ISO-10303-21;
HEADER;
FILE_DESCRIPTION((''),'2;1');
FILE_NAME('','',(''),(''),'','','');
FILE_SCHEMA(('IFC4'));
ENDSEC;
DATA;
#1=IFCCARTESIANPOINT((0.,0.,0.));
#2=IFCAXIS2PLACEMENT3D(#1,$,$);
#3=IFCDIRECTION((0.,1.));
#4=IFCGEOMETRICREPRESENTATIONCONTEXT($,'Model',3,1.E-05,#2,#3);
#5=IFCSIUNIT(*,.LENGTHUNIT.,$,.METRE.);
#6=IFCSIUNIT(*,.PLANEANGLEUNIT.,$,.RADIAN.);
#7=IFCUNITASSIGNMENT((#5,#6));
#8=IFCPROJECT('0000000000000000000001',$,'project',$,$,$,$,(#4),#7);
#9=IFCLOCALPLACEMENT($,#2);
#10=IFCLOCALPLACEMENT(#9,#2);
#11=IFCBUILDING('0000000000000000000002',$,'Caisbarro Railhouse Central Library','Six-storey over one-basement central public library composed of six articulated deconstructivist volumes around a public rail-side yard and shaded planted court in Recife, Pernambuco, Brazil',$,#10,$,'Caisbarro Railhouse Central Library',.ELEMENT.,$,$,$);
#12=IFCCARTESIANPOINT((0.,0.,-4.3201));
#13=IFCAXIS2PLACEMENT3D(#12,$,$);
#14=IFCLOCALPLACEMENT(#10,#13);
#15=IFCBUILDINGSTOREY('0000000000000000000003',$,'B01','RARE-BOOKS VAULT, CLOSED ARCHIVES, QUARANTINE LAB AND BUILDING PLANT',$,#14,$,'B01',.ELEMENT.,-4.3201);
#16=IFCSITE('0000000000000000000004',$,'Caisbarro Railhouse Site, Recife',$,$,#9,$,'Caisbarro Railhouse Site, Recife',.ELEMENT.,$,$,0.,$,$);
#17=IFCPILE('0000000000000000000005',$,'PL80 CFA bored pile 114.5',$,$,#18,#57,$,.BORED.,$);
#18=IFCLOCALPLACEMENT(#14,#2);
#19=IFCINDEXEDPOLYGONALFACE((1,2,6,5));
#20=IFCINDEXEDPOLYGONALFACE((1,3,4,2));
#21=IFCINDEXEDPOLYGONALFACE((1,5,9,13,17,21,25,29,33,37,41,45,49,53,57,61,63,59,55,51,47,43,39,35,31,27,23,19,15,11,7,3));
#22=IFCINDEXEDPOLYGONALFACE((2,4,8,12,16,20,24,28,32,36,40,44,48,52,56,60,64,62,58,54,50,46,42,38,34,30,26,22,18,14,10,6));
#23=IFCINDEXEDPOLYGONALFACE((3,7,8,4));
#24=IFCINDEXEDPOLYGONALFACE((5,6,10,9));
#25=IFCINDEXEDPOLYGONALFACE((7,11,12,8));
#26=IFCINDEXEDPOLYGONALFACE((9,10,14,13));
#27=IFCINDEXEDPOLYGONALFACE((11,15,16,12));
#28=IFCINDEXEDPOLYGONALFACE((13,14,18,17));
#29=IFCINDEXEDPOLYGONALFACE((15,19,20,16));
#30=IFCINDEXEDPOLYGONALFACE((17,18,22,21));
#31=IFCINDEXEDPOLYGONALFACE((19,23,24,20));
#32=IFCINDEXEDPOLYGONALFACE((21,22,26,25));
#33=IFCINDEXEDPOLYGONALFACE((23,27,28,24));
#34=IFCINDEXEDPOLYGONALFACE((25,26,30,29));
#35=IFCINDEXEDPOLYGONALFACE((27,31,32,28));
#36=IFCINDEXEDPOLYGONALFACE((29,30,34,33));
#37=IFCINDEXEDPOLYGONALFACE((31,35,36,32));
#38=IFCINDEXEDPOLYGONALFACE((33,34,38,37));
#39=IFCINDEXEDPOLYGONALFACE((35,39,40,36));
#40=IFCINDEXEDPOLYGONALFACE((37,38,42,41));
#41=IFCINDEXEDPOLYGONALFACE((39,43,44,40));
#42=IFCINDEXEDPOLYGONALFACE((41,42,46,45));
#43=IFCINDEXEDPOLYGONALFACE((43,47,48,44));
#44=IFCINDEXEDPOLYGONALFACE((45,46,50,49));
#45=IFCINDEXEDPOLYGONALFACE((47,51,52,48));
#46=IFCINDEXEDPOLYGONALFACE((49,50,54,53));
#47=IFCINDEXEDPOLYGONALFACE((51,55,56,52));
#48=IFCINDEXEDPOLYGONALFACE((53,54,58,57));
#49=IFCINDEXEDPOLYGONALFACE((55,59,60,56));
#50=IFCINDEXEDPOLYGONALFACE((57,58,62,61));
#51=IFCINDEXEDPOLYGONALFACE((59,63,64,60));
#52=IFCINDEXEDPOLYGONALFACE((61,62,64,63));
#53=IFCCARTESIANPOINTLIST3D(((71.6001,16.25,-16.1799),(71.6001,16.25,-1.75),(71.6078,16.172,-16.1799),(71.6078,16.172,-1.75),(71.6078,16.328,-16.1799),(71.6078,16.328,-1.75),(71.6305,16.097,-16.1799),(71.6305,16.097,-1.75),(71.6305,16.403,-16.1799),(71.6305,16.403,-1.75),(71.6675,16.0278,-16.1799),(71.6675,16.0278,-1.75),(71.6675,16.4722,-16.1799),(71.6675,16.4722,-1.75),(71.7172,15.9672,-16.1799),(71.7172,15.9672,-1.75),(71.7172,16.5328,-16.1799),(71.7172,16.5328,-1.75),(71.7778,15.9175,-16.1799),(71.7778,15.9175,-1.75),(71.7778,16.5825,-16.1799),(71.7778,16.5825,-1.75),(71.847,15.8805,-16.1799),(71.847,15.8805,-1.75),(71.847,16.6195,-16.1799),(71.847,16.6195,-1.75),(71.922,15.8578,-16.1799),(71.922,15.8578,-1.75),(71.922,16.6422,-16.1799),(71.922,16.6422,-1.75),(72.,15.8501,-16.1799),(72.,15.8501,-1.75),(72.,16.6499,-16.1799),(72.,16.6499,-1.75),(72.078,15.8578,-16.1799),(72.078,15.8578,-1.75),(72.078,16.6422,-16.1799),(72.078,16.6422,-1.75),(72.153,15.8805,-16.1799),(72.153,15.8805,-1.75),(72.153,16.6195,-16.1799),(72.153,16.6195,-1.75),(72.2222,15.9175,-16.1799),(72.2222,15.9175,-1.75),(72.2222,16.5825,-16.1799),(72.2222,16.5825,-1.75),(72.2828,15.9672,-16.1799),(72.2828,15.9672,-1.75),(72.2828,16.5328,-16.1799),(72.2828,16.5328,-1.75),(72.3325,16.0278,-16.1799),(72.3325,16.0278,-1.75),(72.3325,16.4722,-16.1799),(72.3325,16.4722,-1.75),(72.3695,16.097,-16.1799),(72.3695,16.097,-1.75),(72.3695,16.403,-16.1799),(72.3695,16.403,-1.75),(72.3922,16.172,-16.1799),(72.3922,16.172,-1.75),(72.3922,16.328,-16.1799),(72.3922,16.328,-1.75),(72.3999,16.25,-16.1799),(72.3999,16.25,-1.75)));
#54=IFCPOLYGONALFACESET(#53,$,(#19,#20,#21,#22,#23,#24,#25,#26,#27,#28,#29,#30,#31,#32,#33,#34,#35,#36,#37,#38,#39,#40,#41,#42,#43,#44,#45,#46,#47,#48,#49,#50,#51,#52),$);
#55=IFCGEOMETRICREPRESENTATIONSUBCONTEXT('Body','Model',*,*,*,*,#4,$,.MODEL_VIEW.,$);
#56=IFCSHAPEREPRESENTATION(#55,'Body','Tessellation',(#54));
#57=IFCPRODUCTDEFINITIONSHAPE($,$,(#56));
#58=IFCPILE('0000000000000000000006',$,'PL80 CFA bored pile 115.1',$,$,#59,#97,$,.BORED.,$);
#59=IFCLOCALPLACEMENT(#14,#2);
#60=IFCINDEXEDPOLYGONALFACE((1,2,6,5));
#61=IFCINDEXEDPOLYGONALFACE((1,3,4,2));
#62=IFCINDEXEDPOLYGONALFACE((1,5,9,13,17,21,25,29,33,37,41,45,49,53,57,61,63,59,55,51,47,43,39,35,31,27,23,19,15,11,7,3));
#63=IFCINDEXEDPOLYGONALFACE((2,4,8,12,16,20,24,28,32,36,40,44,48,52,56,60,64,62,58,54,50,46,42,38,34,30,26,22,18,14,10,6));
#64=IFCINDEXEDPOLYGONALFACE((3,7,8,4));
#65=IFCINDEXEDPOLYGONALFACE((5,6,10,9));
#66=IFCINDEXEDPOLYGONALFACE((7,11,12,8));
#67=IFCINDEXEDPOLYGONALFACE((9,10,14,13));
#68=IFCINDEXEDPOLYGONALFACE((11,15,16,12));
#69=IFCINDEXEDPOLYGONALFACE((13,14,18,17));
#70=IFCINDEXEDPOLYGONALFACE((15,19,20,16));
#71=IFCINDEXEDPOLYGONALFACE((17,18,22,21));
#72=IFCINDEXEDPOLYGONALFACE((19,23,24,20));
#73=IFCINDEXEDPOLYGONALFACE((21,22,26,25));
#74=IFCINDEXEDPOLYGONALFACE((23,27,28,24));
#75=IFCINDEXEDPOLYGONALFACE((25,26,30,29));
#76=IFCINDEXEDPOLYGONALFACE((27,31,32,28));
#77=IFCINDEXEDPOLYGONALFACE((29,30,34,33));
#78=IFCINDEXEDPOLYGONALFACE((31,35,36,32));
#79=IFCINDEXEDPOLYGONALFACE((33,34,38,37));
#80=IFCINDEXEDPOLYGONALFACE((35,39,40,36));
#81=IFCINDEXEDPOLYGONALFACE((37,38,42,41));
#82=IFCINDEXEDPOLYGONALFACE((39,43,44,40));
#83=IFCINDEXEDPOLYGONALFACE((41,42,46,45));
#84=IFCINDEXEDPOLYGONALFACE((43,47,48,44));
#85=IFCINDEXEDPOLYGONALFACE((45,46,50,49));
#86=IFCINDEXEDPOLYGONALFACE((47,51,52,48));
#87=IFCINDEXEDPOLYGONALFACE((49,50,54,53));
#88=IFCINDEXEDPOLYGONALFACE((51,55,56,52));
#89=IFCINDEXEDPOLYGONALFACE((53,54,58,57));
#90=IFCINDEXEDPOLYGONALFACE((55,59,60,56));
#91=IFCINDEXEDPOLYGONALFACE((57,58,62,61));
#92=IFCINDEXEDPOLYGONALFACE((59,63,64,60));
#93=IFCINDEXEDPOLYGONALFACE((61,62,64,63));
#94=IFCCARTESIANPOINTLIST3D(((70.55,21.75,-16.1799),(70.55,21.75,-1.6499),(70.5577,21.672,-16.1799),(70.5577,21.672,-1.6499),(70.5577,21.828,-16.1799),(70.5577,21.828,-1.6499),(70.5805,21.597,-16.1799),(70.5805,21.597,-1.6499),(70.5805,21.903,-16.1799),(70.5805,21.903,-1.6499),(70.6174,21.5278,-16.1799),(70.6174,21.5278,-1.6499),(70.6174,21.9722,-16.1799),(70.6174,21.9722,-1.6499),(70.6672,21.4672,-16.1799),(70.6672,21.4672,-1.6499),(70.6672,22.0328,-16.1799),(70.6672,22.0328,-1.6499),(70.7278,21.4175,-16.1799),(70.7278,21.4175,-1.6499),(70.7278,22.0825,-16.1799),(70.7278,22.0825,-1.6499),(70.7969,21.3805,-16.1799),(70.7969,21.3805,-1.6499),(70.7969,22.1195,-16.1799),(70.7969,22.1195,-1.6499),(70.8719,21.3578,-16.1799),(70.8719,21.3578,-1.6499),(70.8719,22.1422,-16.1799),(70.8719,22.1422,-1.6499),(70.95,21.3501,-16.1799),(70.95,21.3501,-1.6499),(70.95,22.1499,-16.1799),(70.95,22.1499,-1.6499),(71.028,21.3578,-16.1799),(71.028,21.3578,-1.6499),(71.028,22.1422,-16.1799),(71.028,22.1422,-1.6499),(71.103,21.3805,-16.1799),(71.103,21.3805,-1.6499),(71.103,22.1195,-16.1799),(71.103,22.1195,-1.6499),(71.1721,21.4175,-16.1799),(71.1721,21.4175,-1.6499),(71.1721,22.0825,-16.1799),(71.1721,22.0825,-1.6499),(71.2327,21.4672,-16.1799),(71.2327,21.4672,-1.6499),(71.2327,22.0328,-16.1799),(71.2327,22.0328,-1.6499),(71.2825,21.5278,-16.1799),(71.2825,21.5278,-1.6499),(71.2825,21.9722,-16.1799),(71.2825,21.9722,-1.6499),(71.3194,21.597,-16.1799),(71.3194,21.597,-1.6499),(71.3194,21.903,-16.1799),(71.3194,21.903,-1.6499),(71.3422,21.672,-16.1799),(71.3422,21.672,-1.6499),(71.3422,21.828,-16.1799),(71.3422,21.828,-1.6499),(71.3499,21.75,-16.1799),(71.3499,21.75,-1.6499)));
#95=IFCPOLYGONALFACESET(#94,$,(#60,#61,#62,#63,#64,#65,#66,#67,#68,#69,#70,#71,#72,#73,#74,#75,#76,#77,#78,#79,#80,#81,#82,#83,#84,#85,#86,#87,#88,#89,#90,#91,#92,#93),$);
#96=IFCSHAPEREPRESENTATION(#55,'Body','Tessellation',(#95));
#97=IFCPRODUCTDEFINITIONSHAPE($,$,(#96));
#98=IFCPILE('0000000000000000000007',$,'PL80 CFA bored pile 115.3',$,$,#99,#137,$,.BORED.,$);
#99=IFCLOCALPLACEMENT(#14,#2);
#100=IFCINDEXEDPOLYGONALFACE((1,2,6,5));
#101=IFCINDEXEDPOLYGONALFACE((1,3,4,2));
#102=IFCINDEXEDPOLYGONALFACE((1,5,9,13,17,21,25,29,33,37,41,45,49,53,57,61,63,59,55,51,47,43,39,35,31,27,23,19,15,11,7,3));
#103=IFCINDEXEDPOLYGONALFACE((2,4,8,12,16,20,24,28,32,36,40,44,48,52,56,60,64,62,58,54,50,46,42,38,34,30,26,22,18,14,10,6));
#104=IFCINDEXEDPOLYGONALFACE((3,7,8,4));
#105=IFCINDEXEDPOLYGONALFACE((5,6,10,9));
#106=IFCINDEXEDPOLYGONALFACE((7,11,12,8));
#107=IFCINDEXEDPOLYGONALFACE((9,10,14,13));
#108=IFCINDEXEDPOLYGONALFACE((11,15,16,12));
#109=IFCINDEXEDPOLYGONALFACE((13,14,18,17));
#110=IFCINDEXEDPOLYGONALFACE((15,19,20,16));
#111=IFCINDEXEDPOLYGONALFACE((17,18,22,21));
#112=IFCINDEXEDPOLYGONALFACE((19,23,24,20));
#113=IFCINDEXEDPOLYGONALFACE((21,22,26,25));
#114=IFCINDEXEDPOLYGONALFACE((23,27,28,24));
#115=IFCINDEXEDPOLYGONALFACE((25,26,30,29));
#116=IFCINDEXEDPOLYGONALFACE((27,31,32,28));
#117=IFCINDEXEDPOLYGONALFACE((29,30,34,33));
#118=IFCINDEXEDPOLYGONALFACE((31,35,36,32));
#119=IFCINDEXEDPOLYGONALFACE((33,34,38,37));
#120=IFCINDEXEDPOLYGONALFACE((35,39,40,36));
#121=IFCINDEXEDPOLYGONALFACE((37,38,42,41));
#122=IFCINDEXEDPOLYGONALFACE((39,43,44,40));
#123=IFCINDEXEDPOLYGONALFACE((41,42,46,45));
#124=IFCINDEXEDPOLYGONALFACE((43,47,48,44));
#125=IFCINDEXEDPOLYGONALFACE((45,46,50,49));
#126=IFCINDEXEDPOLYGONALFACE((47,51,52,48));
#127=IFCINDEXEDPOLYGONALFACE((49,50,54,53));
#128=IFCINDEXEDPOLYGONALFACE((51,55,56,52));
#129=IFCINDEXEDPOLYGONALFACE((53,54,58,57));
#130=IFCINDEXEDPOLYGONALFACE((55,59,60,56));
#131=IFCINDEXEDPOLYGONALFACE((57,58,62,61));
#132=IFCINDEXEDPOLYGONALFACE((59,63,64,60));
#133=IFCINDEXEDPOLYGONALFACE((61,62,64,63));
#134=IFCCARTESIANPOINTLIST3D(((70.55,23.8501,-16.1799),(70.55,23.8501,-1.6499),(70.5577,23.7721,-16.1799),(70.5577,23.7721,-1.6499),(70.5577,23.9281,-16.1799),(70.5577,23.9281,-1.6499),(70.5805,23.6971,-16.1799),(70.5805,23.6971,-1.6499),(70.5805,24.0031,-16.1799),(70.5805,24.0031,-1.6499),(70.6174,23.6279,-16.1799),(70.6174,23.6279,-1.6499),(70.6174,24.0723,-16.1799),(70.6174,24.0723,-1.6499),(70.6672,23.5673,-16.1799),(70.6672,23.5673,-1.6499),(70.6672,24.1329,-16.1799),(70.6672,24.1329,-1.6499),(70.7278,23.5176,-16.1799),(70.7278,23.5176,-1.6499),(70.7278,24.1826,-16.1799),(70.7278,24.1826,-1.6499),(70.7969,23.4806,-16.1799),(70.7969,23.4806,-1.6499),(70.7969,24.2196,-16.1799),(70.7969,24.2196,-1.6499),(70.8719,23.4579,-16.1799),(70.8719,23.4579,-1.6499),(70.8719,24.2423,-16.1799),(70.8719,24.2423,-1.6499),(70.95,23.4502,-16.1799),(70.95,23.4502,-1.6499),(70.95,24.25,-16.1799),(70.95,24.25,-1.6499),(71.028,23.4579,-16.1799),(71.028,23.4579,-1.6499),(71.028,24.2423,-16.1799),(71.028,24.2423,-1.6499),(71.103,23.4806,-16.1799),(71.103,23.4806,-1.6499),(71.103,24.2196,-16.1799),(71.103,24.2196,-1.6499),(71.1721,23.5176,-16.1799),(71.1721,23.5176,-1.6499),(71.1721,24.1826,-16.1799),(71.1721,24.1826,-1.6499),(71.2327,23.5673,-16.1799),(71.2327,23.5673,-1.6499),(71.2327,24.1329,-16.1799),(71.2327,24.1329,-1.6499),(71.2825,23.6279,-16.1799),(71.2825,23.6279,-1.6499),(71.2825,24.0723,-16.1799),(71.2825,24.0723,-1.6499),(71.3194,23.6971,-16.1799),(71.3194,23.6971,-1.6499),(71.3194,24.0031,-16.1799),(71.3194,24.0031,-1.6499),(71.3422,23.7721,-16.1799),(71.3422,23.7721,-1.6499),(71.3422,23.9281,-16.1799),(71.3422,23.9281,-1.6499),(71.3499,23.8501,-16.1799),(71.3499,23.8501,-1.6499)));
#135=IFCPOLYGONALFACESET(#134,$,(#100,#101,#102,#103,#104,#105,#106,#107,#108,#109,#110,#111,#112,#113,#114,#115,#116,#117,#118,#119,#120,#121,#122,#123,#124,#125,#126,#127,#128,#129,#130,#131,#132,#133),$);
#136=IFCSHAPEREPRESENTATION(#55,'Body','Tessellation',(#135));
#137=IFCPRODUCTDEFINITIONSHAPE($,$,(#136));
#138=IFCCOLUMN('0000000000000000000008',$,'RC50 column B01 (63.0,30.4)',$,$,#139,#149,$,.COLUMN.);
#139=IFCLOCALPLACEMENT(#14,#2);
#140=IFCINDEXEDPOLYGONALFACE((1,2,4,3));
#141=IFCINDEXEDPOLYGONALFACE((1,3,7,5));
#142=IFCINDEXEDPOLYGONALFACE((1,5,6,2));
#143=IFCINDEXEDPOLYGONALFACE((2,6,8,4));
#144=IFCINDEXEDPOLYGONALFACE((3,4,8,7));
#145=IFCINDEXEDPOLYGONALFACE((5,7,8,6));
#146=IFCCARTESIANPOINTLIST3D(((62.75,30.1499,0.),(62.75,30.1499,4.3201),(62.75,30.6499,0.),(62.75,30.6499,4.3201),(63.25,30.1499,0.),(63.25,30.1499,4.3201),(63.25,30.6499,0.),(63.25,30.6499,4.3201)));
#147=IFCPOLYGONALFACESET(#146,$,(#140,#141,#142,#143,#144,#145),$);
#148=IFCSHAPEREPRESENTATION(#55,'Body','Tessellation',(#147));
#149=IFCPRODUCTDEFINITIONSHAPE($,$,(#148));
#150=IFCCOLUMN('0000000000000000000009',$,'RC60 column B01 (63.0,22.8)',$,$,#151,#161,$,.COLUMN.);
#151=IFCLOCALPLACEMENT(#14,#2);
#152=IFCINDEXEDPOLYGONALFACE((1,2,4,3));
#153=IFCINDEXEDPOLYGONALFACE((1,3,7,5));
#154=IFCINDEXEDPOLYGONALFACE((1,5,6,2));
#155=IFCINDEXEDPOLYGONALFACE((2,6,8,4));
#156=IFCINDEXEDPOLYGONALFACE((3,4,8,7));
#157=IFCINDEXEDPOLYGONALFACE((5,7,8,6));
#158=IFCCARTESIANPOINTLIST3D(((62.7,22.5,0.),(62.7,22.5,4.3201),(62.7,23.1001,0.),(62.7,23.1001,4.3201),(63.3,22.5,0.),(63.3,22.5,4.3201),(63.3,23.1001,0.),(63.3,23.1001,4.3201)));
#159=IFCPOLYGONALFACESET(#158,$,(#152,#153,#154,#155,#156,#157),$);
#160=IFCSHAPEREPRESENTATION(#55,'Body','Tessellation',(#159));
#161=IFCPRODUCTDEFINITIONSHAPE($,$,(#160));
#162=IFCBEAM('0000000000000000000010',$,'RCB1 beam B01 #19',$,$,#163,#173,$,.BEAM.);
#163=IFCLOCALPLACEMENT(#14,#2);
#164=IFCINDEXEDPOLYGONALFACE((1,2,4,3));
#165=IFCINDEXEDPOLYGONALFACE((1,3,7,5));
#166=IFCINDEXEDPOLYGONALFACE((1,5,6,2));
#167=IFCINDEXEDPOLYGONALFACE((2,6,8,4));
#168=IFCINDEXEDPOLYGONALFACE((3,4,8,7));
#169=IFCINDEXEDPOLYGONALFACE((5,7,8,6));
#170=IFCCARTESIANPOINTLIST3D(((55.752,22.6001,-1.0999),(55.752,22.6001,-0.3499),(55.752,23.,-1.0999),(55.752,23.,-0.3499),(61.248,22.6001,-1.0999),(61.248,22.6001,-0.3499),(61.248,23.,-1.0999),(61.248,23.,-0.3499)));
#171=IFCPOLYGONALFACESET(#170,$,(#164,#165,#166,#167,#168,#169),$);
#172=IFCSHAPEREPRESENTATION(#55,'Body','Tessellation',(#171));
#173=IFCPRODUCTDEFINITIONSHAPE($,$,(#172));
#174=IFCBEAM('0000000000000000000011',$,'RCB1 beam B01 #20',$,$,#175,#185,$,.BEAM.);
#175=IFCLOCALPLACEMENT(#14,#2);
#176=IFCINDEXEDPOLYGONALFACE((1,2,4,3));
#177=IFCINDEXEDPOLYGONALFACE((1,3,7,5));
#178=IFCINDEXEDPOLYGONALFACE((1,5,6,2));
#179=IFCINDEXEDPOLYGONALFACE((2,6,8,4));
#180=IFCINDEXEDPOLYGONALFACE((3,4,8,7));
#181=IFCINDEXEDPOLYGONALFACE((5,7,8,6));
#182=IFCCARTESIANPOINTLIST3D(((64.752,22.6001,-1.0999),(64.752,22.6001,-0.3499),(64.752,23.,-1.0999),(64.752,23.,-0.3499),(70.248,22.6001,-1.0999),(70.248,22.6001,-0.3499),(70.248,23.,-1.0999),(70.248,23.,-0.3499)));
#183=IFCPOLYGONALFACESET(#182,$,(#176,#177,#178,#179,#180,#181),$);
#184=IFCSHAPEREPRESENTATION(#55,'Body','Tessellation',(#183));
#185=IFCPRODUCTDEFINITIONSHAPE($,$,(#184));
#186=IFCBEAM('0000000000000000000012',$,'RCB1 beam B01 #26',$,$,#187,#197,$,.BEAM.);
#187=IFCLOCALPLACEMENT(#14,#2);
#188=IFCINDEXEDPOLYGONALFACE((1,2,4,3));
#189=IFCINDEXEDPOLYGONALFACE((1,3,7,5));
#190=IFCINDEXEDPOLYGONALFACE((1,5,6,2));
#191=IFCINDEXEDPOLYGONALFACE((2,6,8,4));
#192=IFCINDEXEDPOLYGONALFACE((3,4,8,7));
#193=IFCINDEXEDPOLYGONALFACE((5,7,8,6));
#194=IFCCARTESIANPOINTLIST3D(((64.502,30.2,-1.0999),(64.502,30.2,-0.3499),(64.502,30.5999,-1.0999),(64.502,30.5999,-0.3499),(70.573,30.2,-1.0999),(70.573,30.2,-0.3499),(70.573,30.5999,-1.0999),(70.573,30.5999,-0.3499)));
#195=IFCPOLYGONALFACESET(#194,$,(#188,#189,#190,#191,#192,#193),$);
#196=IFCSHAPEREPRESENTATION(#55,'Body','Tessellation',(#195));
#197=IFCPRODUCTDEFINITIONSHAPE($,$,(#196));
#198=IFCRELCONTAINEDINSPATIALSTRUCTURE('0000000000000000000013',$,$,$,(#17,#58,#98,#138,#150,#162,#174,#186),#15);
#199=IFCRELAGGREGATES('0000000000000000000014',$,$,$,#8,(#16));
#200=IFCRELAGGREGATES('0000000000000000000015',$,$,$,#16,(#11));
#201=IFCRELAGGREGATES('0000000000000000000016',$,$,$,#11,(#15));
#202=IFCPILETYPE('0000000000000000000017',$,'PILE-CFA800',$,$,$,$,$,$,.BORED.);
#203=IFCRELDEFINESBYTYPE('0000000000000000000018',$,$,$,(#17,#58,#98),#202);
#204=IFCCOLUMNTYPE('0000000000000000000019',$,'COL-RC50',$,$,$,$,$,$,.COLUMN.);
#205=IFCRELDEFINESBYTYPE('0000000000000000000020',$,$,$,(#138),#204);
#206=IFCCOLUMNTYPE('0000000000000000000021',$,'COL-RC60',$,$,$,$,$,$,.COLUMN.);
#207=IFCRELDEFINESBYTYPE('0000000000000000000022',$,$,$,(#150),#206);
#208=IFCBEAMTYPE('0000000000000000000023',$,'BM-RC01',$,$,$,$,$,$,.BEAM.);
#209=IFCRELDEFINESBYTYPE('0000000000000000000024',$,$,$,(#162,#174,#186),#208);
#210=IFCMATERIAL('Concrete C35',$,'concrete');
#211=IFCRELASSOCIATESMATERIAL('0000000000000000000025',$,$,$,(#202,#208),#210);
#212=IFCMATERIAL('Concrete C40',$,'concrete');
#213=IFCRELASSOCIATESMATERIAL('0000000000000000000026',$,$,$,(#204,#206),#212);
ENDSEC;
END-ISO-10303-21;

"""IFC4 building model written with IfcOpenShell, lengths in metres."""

from ifc_helpers import new_model, si_unit, direction, frame, origin, origin_2d, place, context, subcontext, project, spatial, rectangle, circle, extrude, material, material_profile, profile_set, type_object, element, save


model = new_model("IFC4")

# Units and contexts
model_context = context("Model", 3, precision=1e-05, world=origin(), true_north=direction((0.0, 1.0)))
body_context = subcontext(model_context, "Body", "Model", "MODEL_VIEW")
ifc_project = project(units=[si_unit("LENGTHUNIT", "METRE"), si_unit("PLANEANGLEUNIT", "RADIAN")], contexts=[model_context])

# Site, building, storey
site_placement = place(None, origin())
site = spatial("IfcSite", under=ifc_project, at=site_placement, Name="Caisbarro Railhouse Site, Recife", LongName="Caisbarro Railhouse Site, Recife", CompositionType="ELEMENT", RefElevation=0.0)
building_placement = place(site_placement, origin())
building = spatial("IfcBuilding", under=site, at=building_placement, Name="Caisbarro Railhouse Central Library", Description="Six-storey over one-basement central public library composed of six articulated deconstructivist volumes around a public rail-side yard and shaded planted court in Recife, Pernambuco, Brazil", LongName="Caisbarro Railhouse Central Library", CompositionType="ELEMENT")
storey_placement = place(building_placement, frame((0.0, 0.0, -4.3201)))
storey = spatial("IfcBuildingStorey", under=building, at=storey_placement, Name="B01", Description="RARE-BOOKS VAULT, CLOSED ARCHIVES, QUARANTINE LAB AND BUILDING PLANT", LongName="B01", CompositionType="ELEMENT", Elevation=-4.3201)

# Shared definitions
ifc_material_1 = material(Name="Concrete C40", Category="concrete")

# Piles
ifc_material_2 = material(Name="Concrete C35", Category="concrete")
ifc_material_profile_1 = material_profile(ifc_material_2, circle(Radius=0.3999, at=origin_2d()), Name="PILE-CFA-800")
ifc_profile_set_1 = profile_set([ifc_material_profile_1], Name="Concrete C35")
pile_type_1 = type_object("IfcPileType", Name="PILE-CFA800", PredefinedType="BORED", material=ifc_profile_set_1)
for number, where, z_axis, x_axis, name in (
    (1, (72.0, 16.25, -1.75), (0.0, 0.0, -1.0), (1.0, 0.0, 0.0), "PL80 CFA bored pile 114.5"),
):
    element("IfcPile", number, at=place(storey_placement, frame(where, z_axis=z_axis, x_axis=x_axis)), inside=storey, type_object=pile_type_1, Name=name, PredefinedType="BORED", context=body_context, shape_type="SweptSolid", body=[
        extrude(circle(Radius=0.3999, at=origin_2d()), origin(), (0.0, 0.0, 1.0), 14.4299),
    ])
for number, where, z_axis, x_axis, name in (
    (2, (70.95, 21.75, -1.6499), (0.0, 0.0, -1.0), (1.0, 0.0, 0.0), "PL80 CFA bored pile 115.1"),
    (3, (70.95, 23.8501, -1.6499), (0.0, 0.0, -1.0), (1.0, 0.0, 0.0), "PL80 CFA bored pile 115.3"),
):
    element("IfcPile", number, at=place(storey_placement, frame(where, z_axis=z_axis, x_axis=x_axis)), inside=storey, type_object=pile_type_1, Name=name, PredefinedType="BORED", context=body_context, shape_type="SweptSolid", body=[
        extrude(circle(Radius=0.3999, at=origin_2d()), origin(), (0.0, 0.0, 1.0), 14.53),
    ])

# Columns
ifc_material_profile_2 = material_profile(ifc_material_1, rectangle(XDim=0.5, YDim=0.5, at=origin_2d()), Name="RC-COL-500X500")
ifc_profile_set_2 = profile_set([ifc_material_profile_2], Name="Concrete C40")
column_type_1 = type_object("IfcColumnType", Name="COL-RC50", PredefinedType="COLUMN", material=ifc_profile_set_2)
column_1_placement = place(storey_placement, frame((63.0, 30.3999, 0.0), z_axis=(0.0, 0.0, 1.0), x_axis=(1.0, 0.0, 0.0)))
element("IfcColumn", 4, at=column_1_placement, inside=storey, type_object=column_type_1, Name="RC50 column B01 (63.0,30.4)", PredefinedType="COLUMN", context=body_context, shape_type="SweptSolid", body=[
    extrude(rectangle(XDim=0.5, YDim=0.5, at=origin_2d()), origin(), (0.0, 0.0, 1.0), 4.3201),
])
ifc_material_profile_3 = material_profile(ifc_material_1, rectangle(XDim=0.6001, YDim=0.6001, at=origin_2d()), Name="RC-COL-600X600")
ifc_profile_set_3 = profile_set([ifc_material_profile_3], Name="Concrete C40")
column_type_2 = type_object("IfcColumnType", Name="COL-RC60", PredefinedType="COLUMN", material=ifc_profile_set_3)
column_2_placement = place(storey_placement, frame((63.0, 22.8, 0.0), z_axis=(0.0, 0.0, 1.0), x_axis=(1.0, 0.0, 0.0)))
element("IfcColumn", 5, at=column_2_placement, inside=storey, type_object=column_type_2, Name="RC60 column B01 (63.0,22.8)", PredefinedType="COLUMN", context=body_context, shape_type="SweptSolid", body=[
    extrude(rectangle(XDim=0.6001, YDim=0.6001, at=origin_2d()), origin(), (0.0, 0.0, 1.0), 4.3201),
])

# Beams
ifc_material_profile_4 = material_profile(ifc_material_2, rectangle(XDim=0.3999, YDim=0.75, at=origin_2d()), Name="RC-BM-400X750")
ifc_profile_set_4 = profile_set([ifc_material_profile_4], Name="Concrete C35")
beam_type_1 = type_object("IfcBeamType", Name="BM-RC01", PredefinedType="BEAM", material=ifc_profile_set_4)
for number, where, z_axis, x_axis, name in (
    (6, (55.752, 22.8, -0.7249), (1.0, 0.0, 0.0), (0.0, 1.0, 0.0), "RCB1 beam B01 #19"),
    (7, (64.752, 22.8, -0.7249), (1.0, 0.0, 0.0), (0.0, 1.0, 0.0), "RCB1 beam B01 #20"),
):
    element("IfcBeam", number, at=place(storey_placement, frame(where, z_axis=z_axis, x_axis=x_axis)), inside=storey, type_object=beam_type_1, Name=name, PredefinedType="BEAM", context=body_context, shape_type="SweptSolid", body=[
        extrude(rectangle(XDim=0.3999, YDim=0.75, at=origin_2d()), origin(), (0.0, 0.0, 1.0), 5.4961),
    ])
beam_1_placement = place(storey_placement, frame((64.502, 30.3999, -0.7249), z_axis=(1.0, 0.0, 0.0), x_axis=(0.0, 1.0, 0.0)))
element("IfcBeam", 8, at=beam_1_placement, inside=storey, type_object=beam_type_1, Name="RCB1 beam B01 #26", PredefinedType="BEAM", context=body_context, shape_type="SweptSolid", body=[
    extrude(rectangle(XDim=0.3999, YDim=0.75, at=origin_2d()), origin(), (0.0, 0.0, 1.0), 6.071),
])

save(model, "model.ifc")
